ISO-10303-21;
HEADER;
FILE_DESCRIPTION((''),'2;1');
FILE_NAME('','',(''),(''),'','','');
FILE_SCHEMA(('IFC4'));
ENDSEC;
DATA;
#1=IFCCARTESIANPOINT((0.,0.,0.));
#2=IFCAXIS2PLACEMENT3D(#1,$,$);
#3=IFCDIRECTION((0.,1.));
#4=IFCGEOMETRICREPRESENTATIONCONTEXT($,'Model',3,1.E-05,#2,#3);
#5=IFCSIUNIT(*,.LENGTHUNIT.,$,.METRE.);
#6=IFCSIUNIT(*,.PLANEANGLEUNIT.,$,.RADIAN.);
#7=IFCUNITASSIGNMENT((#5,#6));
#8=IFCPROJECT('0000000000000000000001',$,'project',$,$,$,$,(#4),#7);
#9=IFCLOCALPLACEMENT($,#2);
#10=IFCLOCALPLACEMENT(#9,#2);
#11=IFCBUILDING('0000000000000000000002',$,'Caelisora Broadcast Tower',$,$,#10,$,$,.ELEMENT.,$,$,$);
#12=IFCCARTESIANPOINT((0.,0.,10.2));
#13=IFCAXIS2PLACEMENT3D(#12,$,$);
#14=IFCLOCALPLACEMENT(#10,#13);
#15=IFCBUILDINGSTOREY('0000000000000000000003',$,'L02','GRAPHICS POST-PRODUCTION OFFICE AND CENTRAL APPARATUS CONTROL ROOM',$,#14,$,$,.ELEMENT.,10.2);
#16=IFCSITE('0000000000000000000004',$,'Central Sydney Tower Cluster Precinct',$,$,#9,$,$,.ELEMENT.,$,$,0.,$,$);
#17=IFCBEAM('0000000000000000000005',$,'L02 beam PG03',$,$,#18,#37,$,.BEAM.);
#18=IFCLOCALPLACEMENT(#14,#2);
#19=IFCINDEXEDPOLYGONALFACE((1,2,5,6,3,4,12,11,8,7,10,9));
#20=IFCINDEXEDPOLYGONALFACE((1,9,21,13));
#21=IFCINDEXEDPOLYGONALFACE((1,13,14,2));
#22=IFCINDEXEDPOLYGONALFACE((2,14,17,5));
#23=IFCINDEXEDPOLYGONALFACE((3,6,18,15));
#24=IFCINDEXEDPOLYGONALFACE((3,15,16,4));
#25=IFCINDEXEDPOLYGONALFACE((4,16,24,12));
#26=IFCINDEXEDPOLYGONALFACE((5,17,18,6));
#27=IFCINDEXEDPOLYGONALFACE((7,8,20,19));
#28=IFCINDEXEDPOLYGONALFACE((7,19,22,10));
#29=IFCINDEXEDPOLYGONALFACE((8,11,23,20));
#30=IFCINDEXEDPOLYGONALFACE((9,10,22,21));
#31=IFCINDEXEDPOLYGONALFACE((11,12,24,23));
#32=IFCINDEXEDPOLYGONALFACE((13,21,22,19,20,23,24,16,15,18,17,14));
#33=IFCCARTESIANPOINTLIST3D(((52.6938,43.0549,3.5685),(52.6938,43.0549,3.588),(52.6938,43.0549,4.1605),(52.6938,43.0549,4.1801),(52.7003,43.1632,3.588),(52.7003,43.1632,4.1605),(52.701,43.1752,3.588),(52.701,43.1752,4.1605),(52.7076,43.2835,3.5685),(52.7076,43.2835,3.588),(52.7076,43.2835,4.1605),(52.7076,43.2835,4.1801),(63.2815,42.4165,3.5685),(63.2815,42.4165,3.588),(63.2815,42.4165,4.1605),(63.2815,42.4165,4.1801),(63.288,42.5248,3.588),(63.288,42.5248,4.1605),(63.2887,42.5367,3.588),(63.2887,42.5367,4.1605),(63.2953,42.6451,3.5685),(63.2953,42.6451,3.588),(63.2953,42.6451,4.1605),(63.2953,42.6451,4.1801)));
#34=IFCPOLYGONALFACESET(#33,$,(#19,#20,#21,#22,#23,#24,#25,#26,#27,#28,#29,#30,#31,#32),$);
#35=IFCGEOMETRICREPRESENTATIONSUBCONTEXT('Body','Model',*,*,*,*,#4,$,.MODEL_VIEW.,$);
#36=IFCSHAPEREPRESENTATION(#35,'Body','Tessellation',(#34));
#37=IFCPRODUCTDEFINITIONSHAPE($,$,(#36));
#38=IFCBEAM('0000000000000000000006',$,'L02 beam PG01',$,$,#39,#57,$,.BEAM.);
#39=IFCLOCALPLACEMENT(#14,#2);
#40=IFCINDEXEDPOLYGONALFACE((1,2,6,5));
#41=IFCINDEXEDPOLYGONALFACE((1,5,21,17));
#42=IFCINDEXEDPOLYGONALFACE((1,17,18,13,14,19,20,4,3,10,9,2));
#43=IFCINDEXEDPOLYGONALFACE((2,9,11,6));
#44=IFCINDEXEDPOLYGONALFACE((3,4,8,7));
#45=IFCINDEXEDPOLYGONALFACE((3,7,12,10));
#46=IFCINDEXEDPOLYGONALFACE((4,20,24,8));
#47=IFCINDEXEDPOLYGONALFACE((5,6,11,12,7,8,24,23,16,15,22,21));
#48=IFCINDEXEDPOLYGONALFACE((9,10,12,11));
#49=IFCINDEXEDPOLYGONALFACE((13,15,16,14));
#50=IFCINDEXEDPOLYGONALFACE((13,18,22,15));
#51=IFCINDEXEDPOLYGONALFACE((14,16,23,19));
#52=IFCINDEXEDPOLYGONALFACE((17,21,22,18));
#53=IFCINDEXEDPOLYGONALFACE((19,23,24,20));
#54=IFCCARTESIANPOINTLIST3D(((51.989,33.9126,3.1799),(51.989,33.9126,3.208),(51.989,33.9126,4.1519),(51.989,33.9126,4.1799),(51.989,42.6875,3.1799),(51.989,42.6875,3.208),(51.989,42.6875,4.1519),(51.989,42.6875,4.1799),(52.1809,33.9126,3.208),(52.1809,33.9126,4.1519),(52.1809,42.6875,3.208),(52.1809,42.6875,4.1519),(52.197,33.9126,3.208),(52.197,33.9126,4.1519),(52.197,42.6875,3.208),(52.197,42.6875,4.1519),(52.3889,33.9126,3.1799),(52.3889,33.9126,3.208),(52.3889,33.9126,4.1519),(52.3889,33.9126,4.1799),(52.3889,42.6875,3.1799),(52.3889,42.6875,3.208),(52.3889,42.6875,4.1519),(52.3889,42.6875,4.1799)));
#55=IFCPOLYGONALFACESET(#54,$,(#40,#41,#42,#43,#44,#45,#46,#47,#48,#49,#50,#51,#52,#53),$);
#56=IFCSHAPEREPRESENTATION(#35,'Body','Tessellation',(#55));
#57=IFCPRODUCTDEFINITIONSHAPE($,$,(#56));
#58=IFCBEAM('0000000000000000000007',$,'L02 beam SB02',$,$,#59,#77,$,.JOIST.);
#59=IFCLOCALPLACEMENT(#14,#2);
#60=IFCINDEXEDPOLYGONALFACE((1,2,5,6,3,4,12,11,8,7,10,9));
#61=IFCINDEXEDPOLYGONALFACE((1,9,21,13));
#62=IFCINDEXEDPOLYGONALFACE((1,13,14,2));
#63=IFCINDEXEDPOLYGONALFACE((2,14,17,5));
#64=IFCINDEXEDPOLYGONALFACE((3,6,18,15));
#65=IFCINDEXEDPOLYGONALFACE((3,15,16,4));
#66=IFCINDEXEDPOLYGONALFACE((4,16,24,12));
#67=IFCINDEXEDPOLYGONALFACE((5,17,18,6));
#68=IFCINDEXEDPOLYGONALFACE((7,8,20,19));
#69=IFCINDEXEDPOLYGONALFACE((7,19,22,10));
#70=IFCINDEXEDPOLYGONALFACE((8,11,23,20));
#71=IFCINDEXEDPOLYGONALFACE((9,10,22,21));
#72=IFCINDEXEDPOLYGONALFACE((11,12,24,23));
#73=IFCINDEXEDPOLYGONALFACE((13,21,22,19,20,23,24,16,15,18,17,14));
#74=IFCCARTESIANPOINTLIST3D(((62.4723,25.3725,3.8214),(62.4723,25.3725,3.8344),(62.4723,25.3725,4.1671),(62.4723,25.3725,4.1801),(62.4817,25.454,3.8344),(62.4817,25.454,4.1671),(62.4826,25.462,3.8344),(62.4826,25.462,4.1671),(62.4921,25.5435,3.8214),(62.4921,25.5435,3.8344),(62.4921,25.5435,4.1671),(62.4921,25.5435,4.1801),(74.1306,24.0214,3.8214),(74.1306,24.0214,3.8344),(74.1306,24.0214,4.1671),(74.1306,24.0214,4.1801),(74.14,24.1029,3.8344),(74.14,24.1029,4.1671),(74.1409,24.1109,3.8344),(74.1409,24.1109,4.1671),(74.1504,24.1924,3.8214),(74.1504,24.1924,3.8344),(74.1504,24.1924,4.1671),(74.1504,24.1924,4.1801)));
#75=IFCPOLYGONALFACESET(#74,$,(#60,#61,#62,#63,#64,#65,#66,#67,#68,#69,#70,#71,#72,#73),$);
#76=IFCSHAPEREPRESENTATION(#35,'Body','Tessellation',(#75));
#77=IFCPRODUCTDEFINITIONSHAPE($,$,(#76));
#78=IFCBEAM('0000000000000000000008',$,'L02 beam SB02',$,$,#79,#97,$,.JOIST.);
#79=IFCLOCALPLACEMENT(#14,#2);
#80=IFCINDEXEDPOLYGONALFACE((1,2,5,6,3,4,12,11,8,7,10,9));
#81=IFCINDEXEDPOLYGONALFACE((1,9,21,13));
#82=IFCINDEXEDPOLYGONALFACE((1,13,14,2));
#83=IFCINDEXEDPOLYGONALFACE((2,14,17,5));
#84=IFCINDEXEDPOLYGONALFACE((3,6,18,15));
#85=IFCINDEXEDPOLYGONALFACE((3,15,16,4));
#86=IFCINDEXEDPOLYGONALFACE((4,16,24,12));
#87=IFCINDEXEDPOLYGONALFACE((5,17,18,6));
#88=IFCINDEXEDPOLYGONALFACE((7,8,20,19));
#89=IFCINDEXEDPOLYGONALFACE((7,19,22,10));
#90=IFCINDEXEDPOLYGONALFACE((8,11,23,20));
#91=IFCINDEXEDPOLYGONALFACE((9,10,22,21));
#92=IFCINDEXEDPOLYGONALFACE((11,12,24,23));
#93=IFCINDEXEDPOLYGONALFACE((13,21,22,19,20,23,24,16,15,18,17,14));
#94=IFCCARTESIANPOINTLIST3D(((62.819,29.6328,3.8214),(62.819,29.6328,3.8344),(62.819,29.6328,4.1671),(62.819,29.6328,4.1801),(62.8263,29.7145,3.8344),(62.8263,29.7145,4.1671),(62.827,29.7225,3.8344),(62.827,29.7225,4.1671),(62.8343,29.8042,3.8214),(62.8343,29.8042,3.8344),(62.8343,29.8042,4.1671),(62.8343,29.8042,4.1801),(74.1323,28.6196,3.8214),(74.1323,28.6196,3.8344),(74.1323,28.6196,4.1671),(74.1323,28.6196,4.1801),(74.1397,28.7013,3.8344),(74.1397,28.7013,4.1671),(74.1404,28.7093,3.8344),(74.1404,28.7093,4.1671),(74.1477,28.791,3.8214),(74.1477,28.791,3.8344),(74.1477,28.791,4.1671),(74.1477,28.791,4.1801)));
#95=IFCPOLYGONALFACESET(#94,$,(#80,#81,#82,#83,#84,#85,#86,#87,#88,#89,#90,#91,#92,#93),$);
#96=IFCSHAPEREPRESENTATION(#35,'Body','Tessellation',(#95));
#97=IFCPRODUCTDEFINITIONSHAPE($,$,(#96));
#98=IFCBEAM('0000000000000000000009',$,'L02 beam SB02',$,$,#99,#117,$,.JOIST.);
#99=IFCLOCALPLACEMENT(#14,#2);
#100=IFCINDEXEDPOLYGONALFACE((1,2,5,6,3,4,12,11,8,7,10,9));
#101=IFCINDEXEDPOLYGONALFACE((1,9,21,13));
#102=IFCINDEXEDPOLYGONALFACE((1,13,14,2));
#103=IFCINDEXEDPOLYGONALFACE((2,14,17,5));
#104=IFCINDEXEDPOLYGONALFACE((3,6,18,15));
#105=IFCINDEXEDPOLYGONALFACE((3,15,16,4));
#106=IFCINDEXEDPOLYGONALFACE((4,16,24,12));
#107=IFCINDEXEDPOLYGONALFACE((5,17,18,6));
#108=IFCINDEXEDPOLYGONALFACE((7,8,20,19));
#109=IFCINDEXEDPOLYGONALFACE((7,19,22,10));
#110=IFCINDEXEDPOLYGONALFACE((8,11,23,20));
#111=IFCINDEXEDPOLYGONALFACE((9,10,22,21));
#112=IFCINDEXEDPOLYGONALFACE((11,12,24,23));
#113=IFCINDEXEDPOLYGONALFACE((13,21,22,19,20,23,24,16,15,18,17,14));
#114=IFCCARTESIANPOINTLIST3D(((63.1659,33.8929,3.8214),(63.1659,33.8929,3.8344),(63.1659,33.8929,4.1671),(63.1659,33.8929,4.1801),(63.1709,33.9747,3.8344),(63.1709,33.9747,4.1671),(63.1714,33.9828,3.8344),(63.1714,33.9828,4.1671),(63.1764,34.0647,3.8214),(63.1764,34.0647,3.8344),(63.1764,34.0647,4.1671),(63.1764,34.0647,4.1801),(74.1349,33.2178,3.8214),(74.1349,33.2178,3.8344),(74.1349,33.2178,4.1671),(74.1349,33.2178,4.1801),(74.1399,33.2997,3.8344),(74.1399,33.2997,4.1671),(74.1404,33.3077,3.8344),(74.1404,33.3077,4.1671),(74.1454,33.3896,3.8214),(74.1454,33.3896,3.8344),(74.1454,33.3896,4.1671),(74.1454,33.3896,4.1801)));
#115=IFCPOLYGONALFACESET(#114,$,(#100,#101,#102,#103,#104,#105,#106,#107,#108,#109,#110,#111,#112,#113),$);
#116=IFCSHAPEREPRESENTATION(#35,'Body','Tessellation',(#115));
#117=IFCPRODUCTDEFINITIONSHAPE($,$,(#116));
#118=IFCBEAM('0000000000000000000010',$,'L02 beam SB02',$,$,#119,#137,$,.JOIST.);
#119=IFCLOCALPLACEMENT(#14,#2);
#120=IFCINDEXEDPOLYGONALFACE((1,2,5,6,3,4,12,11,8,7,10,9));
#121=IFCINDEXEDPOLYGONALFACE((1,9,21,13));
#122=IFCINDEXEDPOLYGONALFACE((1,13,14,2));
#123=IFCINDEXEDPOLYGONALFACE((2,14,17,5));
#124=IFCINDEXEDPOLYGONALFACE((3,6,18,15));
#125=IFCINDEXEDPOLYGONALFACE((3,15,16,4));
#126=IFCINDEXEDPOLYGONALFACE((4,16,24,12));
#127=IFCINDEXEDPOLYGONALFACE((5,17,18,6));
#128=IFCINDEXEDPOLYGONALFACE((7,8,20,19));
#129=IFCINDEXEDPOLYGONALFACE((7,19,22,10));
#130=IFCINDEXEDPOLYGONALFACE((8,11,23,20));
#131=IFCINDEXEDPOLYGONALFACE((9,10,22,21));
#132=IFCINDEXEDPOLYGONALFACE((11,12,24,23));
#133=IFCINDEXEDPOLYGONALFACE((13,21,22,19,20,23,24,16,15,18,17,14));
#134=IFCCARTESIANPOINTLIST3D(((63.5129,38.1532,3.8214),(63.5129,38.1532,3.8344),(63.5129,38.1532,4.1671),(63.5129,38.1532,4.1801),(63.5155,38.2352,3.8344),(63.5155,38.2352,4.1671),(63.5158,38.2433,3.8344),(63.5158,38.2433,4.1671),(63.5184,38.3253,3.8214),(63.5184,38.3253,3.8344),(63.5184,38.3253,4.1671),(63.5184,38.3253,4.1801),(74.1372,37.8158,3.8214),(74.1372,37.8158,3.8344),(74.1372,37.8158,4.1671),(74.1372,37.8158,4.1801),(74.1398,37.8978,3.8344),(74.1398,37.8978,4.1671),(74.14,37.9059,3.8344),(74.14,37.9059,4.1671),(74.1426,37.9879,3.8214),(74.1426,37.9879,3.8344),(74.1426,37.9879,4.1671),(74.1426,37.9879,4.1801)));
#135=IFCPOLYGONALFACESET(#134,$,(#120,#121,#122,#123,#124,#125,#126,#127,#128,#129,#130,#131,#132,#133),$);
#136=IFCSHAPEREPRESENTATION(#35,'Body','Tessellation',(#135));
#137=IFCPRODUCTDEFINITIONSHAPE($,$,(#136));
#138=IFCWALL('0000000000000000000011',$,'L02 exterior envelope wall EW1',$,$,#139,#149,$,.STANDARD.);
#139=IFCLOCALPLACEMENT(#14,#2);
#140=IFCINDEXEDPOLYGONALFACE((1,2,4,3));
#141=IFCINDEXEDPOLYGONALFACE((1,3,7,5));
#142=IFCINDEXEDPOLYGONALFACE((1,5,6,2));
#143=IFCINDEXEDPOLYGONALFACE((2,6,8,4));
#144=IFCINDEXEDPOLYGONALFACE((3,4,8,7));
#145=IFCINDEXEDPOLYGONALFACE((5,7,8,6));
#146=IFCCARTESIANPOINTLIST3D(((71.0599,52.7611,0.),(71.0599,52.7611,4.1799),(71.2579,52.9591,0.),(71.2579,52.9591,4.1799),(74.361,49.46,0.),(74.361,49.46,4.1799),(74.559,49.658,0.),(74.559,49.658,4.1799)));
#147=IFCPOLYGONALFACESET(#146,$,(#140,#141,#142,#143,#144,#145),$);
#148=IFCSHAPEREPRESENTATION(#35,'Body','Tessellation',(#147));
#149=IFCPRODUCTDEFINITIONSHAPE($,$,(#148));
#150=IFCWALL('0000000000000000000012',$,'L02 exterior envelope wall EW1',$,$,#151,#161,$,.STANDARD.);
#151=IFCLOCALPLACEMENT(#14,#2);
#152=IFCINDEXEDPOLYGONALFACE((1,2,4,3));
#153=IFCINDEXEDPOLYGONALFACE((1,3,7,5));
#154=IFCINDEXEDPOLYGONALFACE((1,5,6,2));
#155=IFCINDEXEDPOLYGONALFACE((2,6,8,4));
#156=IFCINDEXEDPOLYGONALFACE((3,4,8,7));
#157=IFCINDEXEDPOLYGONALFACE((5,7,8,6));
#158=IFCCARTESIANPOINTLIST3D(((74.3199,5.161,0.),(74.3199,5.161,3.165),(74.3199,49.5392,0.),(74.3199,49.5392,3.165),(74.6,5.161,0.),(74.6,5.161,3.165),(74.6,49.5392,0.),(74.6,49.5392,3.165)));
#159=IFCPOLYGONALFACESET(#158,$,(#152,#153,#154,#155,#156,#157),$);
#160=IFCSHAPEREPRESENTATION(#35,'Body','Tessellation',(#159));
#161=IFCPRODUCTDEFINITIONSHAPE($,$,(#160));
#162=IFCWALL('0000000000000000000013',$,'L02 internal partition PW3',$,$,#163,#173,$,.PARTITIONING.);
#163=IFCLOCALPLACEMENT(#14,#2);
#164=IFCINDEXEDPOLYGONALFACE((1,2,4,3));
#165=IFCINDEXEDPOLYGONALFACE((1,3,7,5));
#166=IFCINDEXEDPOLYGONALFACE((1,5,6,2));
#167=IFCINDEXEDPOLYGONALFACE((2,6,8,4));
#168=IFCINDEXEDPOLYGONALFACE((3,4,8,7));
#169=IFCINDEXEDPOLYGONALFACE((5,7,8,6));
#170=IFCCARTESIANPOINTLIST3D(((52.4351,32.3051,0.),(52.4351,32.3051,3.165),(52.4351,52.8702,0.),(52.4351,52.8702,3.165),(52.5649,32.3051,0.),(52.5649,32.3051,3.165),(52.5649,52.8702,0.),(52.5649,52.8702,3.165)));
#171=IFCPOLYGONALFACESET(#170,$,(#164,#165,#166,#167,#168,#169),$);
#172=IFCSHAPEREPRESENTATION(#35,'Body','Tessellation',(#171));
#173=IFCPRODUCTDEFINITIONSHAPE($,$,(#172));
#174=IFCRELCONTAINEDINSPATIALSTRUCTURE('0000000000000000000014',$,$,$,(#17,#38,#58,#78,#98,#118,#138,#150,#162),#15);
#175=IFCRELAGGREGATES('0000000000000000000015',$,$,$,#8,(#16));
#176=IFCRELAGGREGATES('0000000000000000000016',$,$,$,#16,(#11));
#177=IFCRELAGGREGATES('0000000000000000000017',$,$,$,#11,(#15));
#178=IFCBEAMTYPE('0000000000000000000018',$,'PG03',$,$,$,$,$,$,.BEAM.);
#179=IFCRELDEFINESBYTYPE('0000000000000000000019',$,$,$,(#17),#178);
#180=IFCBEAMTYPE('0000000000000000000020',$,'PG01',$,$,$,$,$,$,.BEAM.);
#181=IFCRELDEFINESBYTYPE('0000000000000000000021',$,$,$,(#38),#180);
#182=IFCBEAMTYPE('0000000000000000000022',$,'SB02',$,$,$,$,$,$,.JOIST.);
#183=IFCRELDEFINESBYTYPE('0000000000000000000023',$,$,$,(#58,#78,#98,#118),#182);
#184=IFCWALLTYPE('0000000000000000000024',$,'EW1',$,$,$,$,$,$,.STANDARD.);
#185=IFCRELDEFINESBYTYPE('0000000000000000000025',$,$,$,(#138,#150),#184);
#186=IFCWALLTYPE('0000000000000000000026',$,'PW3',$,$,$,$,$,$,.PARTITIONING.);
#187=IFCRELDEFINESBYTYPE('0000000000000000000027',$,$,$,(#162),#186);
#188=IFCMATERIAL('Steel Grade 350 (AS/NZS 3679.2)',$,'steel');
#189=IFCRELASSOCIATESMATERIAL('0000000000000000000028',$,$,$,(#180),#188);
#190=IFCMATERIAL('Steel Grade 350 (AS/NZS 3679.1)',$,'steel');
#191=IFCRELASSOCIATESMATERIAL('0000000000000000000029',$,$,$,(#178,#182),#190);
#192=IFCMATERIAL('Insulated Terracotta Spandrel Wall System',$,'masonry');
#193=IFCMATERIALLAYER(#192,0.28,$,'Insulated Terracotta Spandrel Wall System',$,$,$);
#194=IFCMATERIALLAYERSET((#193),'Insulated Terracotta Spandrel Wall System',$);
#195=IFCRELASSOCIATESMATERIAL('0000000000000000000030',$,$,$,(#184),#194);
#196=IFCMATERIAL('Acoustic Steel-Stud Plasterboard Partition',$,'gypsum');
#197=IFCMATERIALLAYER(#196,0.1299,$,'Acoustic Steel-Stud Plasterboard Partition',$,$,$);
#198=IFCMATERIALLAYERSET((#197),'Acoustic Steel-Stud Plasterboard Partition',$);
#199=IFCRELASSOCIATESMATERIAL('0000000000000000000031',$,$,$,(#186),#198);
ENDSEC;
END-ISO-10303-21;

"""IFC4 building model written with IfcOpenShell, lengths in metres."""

from ifc_helpers import new_model, si_unit, direction, frame, frame_2d, origin, origin_2d, place, context, subcontext, project, spatial, rectangle, i_section, extrude, source, transform, mapped, material, layer, layer_set, material_profile, profile_set, type_object, type_shapes, element, save


model = new_model("IFC4")

# Units and contexts
model_context = context("Model", 3, precision=1e-05, world=origin(), true_north=direction((0.0, 1.0)))
body_context = subcontext(model_context, "Body", "Model", "MODEL_VIEW")
ifc_project = project(units=[si_unit("LENGTHUNIT", "METRE"), si_unit("PLANEANGLEUNIT", "RADIAN")], contexts=[model_context])

# Site, building, storey
site_placement = place(None, origin())
site = spatial("IfcSite", under=ifc_project, at=site_placement, Name="Central Sydney Tower Cluster Precinct", CompositionType="ELEMENT", RefElevation=0.0)
building_placement = place(site_placement, origin())
building = spatial("IfcBuilding", under=site, at=building_placement, Name="Caelisora Broadcast Tower", CompositionType="ELEMENT")
storey_placement = place(building_placement, frame((0.0, 0.0, 10.2)))
storey = spatial("IfcBuildingStorey", under=building, at=storey_placement, Name="L02", Description="GRAPHICS POST-PRODUCTION OFFICE AND CENTRAL APPARATUS CONTROL ROOM", CompositionType="ELEMENT", Elevation=10.2)

# Beams
ifc_material_1 = material(Name="Steel Grade 350 (AS/NZS 3679.2)", Category="steel")
ifc_material_profile_1 = material_profile(ifc_material_1, i_section(OverallWidth=0.3999, OverallDepth=1.0, WebThickness=0.0161, FlangeThickness=0.0281, at=origin_2d()), Name="Steel Grade 350 (AS/NZS 3679.2)")
ifc_profile_set_1 = profile_set([ifc_material_profile_1], Name="Steel Grade 350 (AS/NZS 3679.2)")
beam_type_1 = type_object("IfcBeamType", Name="PG01", PredefinedType="BEAM", material=ifc_profile_set_1)
ifc_material_2 = material(Name="Steel Grade 350 (AS/NZS 3679.1)", Category="steel")
ifc_material_profile_2 = material_profile(ifc_material_2, i_section(OverallWidth=0.229, OverallDepth=0.6116, WebThickness=0.012, FlangeThickness=0.0195, at=origin_2d()), Name="Steel Grade 350 (AS/NZS 3679.1)")
ifc_profile_set_2 = profile_set([ifc_material_profile_2], Name="Steel Grade 350 (AS/NZS 3679.1)")
beam_type_2 = type_object("IfcBeamType", Name="PG03", PredefinedType="BEAM", material=ifc_profile_set_2)
shared_shape_1 = source(origin(), body_context, "Body", "SweptSolid", [
    extrude(i_section(OverallWidth=0.229, OverallDepth=0.6116, WebThickness=0.012, FlangeThickness=0.0195, at=origin_2d()), origin(), (0.0, 0.0, 1.0), 10.6069),
])
type_shapes(beam_type_2, [shared_shape_1])
beam_1_placement = place(storey_placement, frame((52.7007, 43.1692, 3.8743), z_axis=(0.998187, -0.06019, 0.0), x_axis=(0.06019, 0.998187, 0.0)))
element("IfcBeam", 1, at=beam_1_placement, inside=storey, type_object=beam_type_2, Name="L02 beam PG03", PredefinedType="BEAM", context=body_context, shape_type="MappedRepresentation", body=[
    mapped(shared_shape_1, transform((0.0, 0.0, 0.0), scale=1.0)),
])
shared_shape_2 = source(origin(), body_context, "Body", "SweptSolid", [
    extrude(i_section(OverallWidth=0.3999, OverallDepth=1.0, WebThickness=0.0161, FlangeThickness=0.0281, at=origin_2d()), origin(), (0.0, 0.0, 1.0), 8.7749),
])
beam_2_placement = place(storey_placement, frame((52.189, 33.9126, 3.6799), z_axis=(0.0, 1.0, 0.0), x_axis=(-1.0, 0.0, 0.0)))
element("IfcBeam", 2, at=beam_2_placement, inside=storey, type_object=beam_type_1, Name="L02 beam PG01", PredefinedType="BEAM", context=body_context, shape_type="MappedRepresentation", body=[
    mapped(shared_shape_2, transform((0.0, 0.0, 0.0), scale=1.0)),
])
ifc_material_profile_3 = material_profile(ifc_material_2, i_section(OverallWidth=0.1721, OverallDepth=0.3586, WebThickness=0.0081, FlangeThickness=0.0129, at=origin_2d()), Name="Steel Grade 350 (AS/NZS 3679.1)")
ifc_profile_set_3 = profile_set([ifc_material_profile_3], Name="Steel Grade 350 (AS/NZS 3679.1)")
beam_type_3 = type_object("IfcBeamType", Name="SB02", PredefinedType="JOIST", material=ifc_profile_set_3)
shared_shape_3 = source(origin(), body_context, "Body", "SweptSolid", [
    extrude(i_section(OverallWidth=0.1721, OverallDepth=0.3586, WebThickness=0.0081, FlangeThickness=0.0129, at=origin_2d()), origin(), (0.0, 0.0, 1.0), 11.7363),
])
beam_3_placement = place(storey_placement, frame((62.4822, 25.458, 4.0007), z_axis=(0.993352, -0.11512, 0.0), x_axis=(0.11512, 0.993352, 0.0)))
element("IfcBeam", 3, at=beam_3_placement, inside=storey, type_object=beam_type_3, Name="L02 beam SB02", PredefinedType="JOIST", context=body_context, shape_type="MappedRepresentation", body=[
    mapped(shared_shape_3, transform((0.0, 0.0, 0.0), scale=1.0)),
])
shared_shape_4 = source(origin(), body_context, "Body", "SweptSolid", [
    extrude(i_section(OverallWidth=0.1721, OverallDepth=0.3586, WebThickness=0.0081, FlangeThickness=0.0129, at=origin_2d()), origin(), (0.0, 0.0, 1.0), 11.3586),
])
beam_4_placement = place(storey_placement, frame((62.8267, 29.7185, 4.0007), z_axis=(0.996014, -0.089198, 0.0), x_axis=(0.089198, 0.996014, 0.0)))
element("IfcBeam", 4, at=beam_4_placement, inside=storey, type_object=beam_type_3, Name="L02 beam SB02", PredefinedType="JOIST", context=body_context, shape_type="MappedRepresentation", body=[
    mapped(shared_shape_4, transform((0.0, 0.0, 0.0), scale=1.0)),
])
shared_shape_5 = source(origin(), body_context, "Body", "SweptSolid", [
    extrude(i_section(OverallWidth=0.1721, OverallDepth=0.3586, WebThickness=0.0081, FlangeThickness=0.0129, at=origin_2d()), origin(), (0.0, 0.0, 1.0), 10.9897),
])
beam_5_placement = place(storey_placement, frame((63.1711, 33.9788, 4.0007), z_axis=(0.998112, -0.061425, 0.0), x_axis=(0.061425, 0.998112, 0.0)))
element("IfcBeam", 5, at=beam_5_placement, inside=storey, type_object=beam_type_3, Name="L02 beam SB02", PredefinedType="JOIST", context=body_context, shape_type="MappedRepresentation", body=[
    mapped(shared_shape_5, transform((0.0, 0.0, 0.0), scale=1.0)),
])
shared_shape_6 = source(origin(), body_context, "Body", "SweptSolid", [
    extrude(i_section(OverallWidth=0.1721, OverallDepth=0.3586, WebThickness=0.0081, FlangeThickness=0.0129, at=origin_2d()), origin(), (0.0, 0.0, 1.0), 10.6296),
])
type_shapes(beam_type_3, [shared_shape_3, shared_shape_4, shared_shape_5, shared_shape_6])
beam_6_placement = place(storey_placement, frame((63.5156, 38.2393, 4.0007), z_axis=(0.999496, -0.031742, 0.0), x_axis=(0.031742, 0.999496, 0.0)))
element("IfcBeam", 6, at=beam_6_placement, inside=storey, type_object=beam_type_3, Name="L02 beam SB02", PredefinedType="JOIST", context=body_context, shape_type="MappedRepresentation", body=[
    mapped(shared_shape_6, transform((0.0, 0.0, 0.0), scale=1.0)),
])

# Walls
ifc_material_3 = material(Name="Insulated Terracotta Spandrel Wall System", Category="masonry")
ifc_layer_1 = layer(ifc_material_3, 0.28, Name="Insulated Terracotta Spandrel Wall System")
ifc_layer_set_1 = layer_set([ifc_layer_1], Name="Insulated Terracotta Spandrel Wall System")
wall_type_1 = type_object("IfcWallType", Name="EW1", PredefinedType="STANDARD", material=ifc_layer_set_1)
wall_1_placement = place(storey_placement, frame((71.1589, 52.8601, 0.0), z_axis=(0.0, 0.0, 1.0), x_axis=(0.707107, -0.707107, 0.0)))
element("IfcWall", 7, at=wall_1_placement, inside=storey, type_object=wall_type_1, Name="L02 exterior envelope wall EW1", PredefinedType="STANDARD", context=body_context, shape_type="SweptSolid", body=[
    extrude(rectangle(XDim=4.6685, YDim=0.28, at=frame_2d((2.3342, 0.0))), origin(), (0.0, 0.0, 1.0), 4.1799),
])
wall_2_placement = place(storey_placement, frame((74.46, 49.5391, 0.0), z_axis=(0.0, 0.0, 1.0), x_axis=(0.0, -1.0, 0.0)))
element("IfcWall", 8, at=wall_2_placement, inside=storey, type_object=wall_type_1, Name="L02 exterior envelope wall EW1", PredefinedType="STANDARD", context=body_context, shape_type="SweptSolid", body=[
    extrude(rectangle(XDim=44.3782, YDim=0.28, at=frame_2d((22.189, 0.0))), origin(), (0.0, 0.0, 1.0), 3.165),
])
ifc_material_4 = material(Name="Acoustic Steel-Stud Plasterboard Partition", Category="gypsum")
ifc_layer_2 = layer(ifc_material_4, 0.1299, Name="Acoustic Steel-Stud Plasterboard Partition")
ifc_layer_set_2 = layer_set([ifc_layer_2], Name="Acoustic Steel-Stud Plasterboard Partition")
wall_type_2 = type_object("IfcWallType", Name="PW3", PredefinedType="PARTITIONING", material=ifc_layer_set_2)
wall_3_placement = place(storey_placement, frame((52.5, 32.3049, 0.0), z_axis=(0.0, 0.0, 1.0), x_axis=(0.0, 1.0, 0.0)))
element("IfcWall", 9, at=wall_3_placement, inside=storey, type_object=wall_type_2, Name="L02 internal partition PW3", PredefinedType="PARTITIONING", context=body_context, shape_type="SweptSolid", body=[
    extrude(rectangle(XDim=20.5652, YDim=0.1299, at=frame_2d((10.2827, 0.0))), origin(), (0.0, 0.0, 1.0), 3.165),
])

save(model, "model.ifc")
